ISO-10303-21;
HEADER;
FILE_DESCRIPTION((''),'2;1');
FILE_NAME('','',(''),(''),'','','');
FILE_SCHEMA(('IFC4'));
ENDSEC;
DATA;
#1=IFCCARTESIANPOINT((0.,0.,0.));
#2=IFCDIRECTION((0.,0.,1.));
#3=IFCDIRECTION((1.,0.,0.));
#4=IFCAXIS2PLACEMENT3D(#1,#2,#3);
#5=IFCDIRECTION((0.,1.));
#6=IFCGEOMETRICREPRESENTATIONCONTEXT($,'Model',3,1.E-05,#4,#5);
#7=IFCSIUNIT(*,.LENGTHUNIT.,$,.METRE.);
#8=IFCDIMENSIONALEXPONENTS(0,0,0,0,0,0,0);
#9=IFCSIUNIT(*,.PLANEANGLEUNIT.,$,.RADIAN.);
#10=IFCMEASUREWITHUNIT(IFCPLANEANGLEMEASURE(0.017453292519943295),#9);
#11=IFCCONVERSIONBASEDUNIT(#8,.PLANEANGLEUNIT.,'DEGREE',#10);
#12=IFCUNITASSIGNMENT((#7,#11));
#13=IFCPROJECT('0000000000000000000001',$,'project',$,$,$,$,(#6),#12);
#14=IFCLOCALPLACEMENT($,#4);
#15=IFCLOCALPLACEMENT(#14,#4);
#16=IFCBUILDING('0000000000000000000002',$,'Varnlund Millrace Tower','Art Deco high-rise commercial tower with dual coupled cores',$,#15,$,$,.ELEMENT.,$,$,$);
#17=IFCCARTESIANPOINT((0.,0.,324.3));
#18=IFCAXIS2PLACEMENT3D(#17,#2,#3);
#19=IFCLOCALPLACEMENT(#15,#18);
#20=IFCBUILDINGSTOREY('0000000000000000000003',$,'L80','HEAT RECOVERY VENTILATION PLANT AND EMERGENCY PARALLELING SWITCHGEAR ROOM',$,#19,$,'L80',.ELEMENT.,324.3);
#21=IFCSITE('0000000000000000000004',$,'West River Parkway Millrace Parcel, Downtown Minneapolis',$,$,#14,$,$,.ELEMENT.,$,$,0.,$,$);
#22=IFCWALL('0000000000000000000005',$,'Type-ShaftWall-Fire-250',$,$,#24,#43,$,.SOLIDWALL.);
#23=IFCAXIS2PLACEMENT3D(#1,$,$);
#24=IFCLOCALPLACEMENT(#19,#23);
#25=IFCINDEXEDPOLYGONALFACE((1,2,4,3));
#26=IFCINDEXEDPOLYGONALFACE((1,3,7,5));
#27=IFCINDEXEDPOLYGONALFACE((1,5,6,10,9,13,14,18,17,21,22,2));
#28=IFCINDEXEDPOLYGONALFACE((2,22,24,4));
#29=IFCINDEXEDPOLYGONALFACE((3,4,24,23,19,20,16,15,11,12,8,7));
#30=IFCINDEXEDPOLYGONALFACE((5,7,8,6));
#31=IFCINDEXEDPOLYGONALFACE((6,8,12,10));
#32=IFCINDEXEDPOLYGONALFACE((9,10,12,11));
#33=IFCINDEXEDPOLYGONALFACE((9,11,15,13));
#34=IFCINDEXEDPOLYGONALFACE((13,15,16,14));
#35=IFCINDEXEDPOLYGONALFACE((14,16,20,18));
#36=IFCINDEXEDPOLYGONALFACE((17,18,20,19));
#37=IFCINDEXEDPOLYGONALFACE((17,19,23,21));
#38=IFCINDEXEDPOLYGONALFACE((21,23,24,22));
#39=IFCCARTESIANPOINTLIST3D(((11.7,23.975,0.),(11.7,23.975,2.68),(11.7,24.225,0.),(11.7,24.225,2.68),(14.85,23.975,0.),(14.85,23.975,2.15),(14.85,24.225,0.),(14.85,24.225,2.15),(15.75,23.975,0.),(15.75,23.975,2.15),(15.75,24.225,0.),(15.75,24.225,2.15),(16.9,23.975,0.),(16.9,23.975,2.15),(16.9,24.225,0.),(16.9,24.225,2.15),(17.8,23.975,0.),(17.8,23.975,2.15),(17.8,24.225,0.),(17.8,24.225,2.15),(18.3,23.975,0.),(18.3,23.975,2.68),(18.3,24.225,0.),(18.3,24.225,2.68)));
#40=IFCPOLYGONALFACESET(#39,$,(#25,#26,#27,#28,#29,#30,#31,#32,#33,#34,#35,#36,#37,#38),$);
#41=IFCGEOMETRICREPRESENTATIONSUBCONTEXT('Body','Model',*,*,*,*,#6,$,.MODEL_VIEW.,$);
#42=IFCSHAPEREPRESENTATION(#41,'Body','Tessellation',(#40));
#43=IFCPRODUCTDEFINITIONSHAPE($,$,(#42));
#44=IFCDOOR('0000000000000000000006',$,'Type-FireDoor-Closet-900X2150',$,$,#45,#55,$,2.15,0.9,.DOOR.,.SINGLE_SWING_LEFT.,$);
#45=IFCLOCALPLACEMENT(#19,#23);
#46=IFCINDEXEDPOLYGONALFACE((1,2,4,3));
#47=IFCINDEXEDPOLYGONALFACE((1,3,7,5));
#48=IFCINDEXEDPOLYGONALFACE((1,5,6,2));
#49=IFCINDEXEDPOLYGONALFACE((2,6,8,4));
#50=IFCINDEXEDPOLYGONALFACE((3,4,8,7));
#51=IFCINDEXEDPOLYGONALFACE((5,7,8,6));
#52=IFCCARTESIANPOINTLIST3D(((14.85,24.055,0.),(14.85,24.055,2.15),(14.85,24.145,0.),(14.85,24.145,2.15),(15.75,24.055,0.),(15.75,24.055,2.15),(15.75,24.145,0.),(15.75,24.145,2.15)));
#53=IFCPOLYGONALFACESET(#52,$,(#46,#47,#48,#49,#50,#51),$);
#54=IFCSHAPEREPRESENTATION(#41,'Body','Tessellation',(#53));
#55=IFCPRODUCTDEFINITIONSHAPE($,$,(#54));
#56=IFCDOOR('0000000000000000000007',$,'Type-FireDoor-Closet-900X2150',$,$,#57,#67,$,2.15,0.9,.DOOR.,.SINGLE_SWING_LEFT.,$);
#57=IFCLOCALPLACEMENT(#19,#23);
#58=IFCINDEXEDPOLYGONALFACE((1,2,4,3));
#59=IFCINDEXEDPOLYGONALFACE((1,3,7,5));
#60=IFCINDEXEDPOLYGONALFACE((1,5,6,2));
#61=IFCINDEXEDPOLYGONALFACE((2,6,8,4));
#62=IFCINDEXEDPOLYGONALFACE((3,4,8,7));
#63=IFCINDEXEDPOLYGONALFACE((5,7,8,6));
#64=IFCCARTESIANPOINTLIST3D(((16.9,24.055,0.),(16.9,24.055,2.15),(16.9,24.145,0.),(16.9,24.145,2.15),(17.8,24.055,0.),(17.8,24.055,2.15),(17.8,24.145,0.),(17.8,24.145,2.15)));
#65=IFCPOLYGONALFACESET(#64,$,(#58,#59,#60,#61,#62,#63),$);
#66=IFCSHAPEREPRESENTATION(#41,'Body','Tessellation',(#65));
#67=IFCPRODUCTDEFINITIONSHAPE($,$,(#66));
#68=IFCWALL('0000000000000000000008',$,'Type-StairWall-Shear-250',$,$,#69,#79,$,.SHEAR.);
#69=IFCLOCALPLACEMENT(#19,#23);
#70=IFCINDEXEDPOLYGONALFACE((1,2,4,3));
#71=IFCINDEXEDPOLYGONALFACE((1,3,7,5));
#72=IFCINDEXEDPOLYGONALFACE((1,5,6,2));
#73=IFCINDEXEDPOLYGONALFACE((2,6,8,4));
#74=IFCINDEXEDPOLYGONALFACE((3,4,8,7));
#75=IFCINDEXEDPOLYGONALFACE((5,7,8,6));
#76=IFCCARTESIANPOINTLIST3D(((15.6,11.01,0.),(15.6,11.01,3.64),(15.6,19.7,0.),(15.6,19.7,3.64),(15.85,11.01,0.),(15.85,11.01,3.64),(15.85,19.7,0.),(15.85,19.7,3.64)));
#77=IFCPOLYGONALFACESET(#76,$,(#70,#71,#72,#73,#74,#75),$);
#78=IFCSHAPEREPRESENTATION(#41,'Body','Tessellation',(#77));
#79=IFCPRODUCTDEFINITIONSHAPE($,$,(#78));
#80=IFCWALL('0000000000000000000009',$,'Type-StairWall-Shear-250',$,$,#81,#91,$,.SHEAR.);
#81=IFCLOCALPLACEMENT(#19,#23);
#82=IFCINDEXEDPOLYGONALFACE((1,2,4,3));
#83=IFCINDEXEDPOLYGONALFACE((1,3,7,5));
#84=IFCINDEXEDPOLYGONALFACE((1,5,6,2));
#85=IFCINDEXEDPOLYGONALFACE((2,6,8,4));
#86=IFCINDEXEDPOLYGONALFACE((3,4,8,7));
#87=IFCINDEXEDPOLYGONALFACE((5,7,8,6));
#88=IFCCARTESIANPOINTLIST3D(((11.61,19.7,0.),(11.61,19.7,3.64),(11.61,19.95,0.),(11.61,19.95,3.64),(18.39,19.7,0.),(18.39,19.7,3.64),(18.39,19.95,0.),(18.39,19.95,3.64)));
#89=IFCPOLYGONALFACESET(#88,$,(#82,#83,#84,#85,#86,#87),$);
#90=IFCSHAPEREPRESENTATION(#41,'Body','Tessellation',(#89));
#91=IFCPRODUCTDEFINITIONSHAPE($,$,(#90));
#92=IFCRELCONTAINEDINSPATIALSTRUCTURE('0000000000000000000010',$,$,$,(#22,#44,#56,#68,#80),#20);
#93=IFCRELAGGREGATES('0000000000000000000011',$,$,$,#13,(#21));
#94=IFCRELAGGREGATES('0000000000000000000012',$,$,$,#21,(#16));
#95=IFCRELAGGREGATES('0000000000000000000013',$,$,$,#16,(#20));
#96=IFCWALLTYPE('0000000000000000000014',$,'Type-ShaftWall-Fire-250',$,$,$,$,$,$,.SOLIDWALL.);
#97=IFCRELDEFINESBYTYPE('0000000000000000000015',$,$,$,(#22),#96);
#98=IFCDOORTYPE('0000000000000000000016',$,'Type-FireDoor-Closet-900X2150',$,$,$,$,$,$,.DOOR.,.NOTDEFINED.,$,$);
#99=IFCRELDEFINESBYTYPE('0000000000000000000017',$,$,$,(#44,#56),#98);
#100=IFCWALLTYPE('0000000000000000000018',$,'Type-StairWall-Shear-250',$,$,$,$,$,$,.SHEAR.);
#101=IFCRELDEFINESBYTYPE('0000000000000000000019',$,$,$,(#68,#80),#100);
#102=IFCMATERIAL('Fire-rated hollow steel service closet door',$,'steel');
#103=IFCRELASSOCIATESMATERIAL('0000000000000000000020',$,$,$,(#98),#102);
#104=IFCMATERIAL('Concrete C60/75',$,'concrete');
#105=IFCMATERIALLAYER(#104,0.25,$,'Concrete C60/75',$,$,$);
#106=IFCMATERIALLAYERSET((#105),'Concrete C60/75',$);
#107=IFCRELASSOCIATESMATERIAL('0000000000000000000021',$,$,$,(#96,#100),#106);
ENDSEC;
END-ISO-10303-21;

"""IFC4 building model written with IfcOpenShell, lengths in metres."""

from ifc_helpers import new_model, entity, si_unit, converted_unit, direction, frame, origin_with_axes, origin_2d_with_axis, place, context, subcontext, project, spatial, polyline, rectangle, outline, extrude, material, layer, layer_set, type_object, element, fill, save


model = new_model("IFC4")

# Units and contexts
model_context = context("Model", 3, precision=1e-05, world=origin_with_axes(), true_north=direction((0.0, 1.0)))
body_context = subcontext(model_context, "Body", "Model", "MODEL_VIEW")
ifc_project = project(units=[si_unit("LENGTHUNIT", "METRE"), converted_unit("PLANEANGLEUNIT", "DEGREE", entity("IfcPlaneAngleMeasure", 0.017453292519943295), si_unit("PLANEANGLEUNIT", "RADIAN"), dimensions=[0, 0, 0, 0, 0, 0, 0])], contexts=[model_context])

# Site, building, storey
site_placement = place(None, origin_with_axes())
site = spatial("IfcSite", under=ifc_project, at=site_placement, Name="West River Parkway Millrace Parcel, Downtown Minneapolis", CompositionType="ELEMENT", RefElevation=0.0)
building_placement = place(site_placement, origin_with_axes())
building = spatial("IfcBuilding", under=site, at=building_placement, Name="Varnlund Millrace Tower", Description="Art Deco high-rise commercial tower with dual coupled cores", CompositionType="ELEMENT")
storey_placement = place(building_placement, frame((0.0, 0.0, 324.3), z_axis=(0.0, 0.0, 1.0), x_axis=(1.0, 0.0, 0.0)))
storey = spatial("IfcBuildingStorey", under=building, at=storey_placement, Name="L80", Description="HEAT RECOVERY VENTILATION PLANT AND EMERGENCY PARALLELING SWITCHGEAR ROOM", LongName="L80", CompositionType="ELEMENT", Elevation=324.3)

# Shared definitions
ifc_material_1 = material(Name="Concrete C60/75", Category="concrete")

# Wall, openings, doors
ifc_material_2 = material(Name="Fire-rated hollow steel service closet door", Category="steel")
door_type_1 = type_object("IfcDoorType", Name="Type-FireDoor-Closet-900X2150", OperationType="NOTDEFINED", PredefinedType="DOOR", material=ifc_material_2)
ifc_layer_1 = layer(ifc_material_1, 0.25, Name="Concrete C60/75")
ifc_layer_set_1 = layer_set([ifc_layer_1], Name="Concrete C60/75")
wall_type_1 = type_object("IfcWallType", Name="Type-ShaftWall-Fire-250", PredefinedType="SOLIDWALL", material=ifc_layer_set_1)
wall_1_placement = place(storey_placement, frame((11.7, 24.1, 0.0), z_axis=(0.0, 0.0, 1.0), x_axis=(1.0, 0.0, 0.0)))
wall_1 = element("IfcWall", 1, at=wall_1_placement, inside=storey, type_object=wall_type_1, Name="Type-ShaftWall-Fire-250", PredefinedType="SOLIDWALL", context=body_context, shape_type="SweptSolid", body=[
    extrude(outline(polyline([(0.0, -0.125), (6.6, -0.125), (6.6, 0.125), (0.0, 0.125), (0.0, -0.125)])), origin_with_axes(), (0.0, 0.0, 1.0), 2.68),
])
opening_1_placement = place(wall_1_placement, frame((3.6, 0.0, 0.0), z_axis=(0.0, 0.0, 1.0), x_axis=(1.0, 0.0, 0.0)))
opening_1 = element("IfcOpeningElement", 2, at=opening_1_placement, cuts=wall_1, PredefinedType="OPENING", context=body_context, shape_type="SweptSolid", body=[
    extrude(rectangle(XDim=0.9, YDim=0.27, at=origin_2d_with_axis()), origin_with_axes(), (0.0, 0.0, 1.0), 2.15),
])
opening_2_placement = place(wall_1_placement, frame((5.65, 0.0, 0.0), z_axis=(0.0, 0.0, 1.0), x_axis=(1.0, 0.0, 0.0)))
opening_2 = element("IfcOpeningElement", 3, at=opening_2_placement, cuts=wall_1, PredefinedType="OPENING", context=body_context, shape_type="SweptSolid", body=[
    extrude(rectangle(XDim=0.9, YDim=0.27, at=origin_2d_with_axis()), origin_with_axes(), (0.0, 0.0, 1.0), 2.15),
])
door_1_placement = place(wall_1_placement, frame((3.6, 0.0, 0.0), z_axis=(0.0, 0.0, 1.0), x_axis=(1.0, 0.0, 0.0)))
door_1 = element("IfcDoor", 4, at=door_1_placement, inside=storey, type_object=door_type_1, Name="Type-FireDoor-Closet-900X2150", OperationType="SINGLE_SWING_LEFT", OverallHeight=2.15, OverallWidth=0.9, PredefinedType="DOOR", context=body_context, shape_type="SweptSolid", body=[
    extrude(rectangle(XDim=0.9, YDim=0.09, at=origin_2d_with_axis()), origin_with_axes(), (0.0, 0.0, 1.0), 2.15),
])
fill(opening_1, door_1)
door_2_placement = place(wall_1_placement, frame((5.65, 0.0, 0.0), z_axis=(0.0, 0.0, 1.0), x_axis=(1.0, 0.0, 0.0)))
door_2 = element("IfcDoor", 5, at=door_2_placement, inside=storey, type_object=door_type_1, Name="Type-FireDoor-Closet-900X2150", OperationType="SINGLE_SWING_LEFT", OverallHeight=2.15, OverallWidth=0.9, PredefinedType="DOOR", context=body_context, shape_type="SweptSolid", body=[
    extrude(rectangle(XDim=0.9, YDim=0.09, at=origin_2d_with_axis()), origin_with_axes(), (0.0, 0.0, 1.0), 2.15),
])
fill(opening_2, door_2)

# Walls
wall_type_2 = type_object("IfcWallType", Name="Type-StairWall-Shear-250", PredefinedType="SHEAR", material=ifc_layer_set_1)
wall_2_placement = place(storey_placement, frame((15.725, 11.01, 0.0), z_axis=(0.0, 0.0, 1.0), x_axis=(0.0, 1.0, 0.0)))
element("IfcWall", 6, at=wall_2_placement, inside=storey, type_object=wall_type_2, Name="Type-StairWall-Shear-250", PredefinedType="SHEAR", context=body_context, shape_type="SweptSolid", body=[
    extrude(outline(polyline([(0.0, -0.125), (8.69, -0.125), (8.69, 0.125), (0.0, 0.125), (0.0, -0.125)])), origin_with_axes(), (0.0, 0.0, 1.0), 3.64),
])
wall_3_placement = place(storey_placement, frame((11.61, 19.825, 0.0), z_axis=(0.0, 0.0, 1.0), x_axis=(1.0, 0.0, 0.0)))
element("IfcWall", 7, at=wall_3_placement, inside=storey, type_object=wall_type_2, Name="Type-StairWall-Shear-250", PredefinedType="SHEAR", context=body_context, shape_type="SweptSolid", body=[
    extrude(outline(polyline([(0.0, -0.125), (6.78, -0.125), (6.78, 0.125), (0.0, 0.125), (0.0, -0.125)])), origin_with_axes(), (0.0, 0.0, 1.0), 3.64),
])

save(model, "model.ifc")
